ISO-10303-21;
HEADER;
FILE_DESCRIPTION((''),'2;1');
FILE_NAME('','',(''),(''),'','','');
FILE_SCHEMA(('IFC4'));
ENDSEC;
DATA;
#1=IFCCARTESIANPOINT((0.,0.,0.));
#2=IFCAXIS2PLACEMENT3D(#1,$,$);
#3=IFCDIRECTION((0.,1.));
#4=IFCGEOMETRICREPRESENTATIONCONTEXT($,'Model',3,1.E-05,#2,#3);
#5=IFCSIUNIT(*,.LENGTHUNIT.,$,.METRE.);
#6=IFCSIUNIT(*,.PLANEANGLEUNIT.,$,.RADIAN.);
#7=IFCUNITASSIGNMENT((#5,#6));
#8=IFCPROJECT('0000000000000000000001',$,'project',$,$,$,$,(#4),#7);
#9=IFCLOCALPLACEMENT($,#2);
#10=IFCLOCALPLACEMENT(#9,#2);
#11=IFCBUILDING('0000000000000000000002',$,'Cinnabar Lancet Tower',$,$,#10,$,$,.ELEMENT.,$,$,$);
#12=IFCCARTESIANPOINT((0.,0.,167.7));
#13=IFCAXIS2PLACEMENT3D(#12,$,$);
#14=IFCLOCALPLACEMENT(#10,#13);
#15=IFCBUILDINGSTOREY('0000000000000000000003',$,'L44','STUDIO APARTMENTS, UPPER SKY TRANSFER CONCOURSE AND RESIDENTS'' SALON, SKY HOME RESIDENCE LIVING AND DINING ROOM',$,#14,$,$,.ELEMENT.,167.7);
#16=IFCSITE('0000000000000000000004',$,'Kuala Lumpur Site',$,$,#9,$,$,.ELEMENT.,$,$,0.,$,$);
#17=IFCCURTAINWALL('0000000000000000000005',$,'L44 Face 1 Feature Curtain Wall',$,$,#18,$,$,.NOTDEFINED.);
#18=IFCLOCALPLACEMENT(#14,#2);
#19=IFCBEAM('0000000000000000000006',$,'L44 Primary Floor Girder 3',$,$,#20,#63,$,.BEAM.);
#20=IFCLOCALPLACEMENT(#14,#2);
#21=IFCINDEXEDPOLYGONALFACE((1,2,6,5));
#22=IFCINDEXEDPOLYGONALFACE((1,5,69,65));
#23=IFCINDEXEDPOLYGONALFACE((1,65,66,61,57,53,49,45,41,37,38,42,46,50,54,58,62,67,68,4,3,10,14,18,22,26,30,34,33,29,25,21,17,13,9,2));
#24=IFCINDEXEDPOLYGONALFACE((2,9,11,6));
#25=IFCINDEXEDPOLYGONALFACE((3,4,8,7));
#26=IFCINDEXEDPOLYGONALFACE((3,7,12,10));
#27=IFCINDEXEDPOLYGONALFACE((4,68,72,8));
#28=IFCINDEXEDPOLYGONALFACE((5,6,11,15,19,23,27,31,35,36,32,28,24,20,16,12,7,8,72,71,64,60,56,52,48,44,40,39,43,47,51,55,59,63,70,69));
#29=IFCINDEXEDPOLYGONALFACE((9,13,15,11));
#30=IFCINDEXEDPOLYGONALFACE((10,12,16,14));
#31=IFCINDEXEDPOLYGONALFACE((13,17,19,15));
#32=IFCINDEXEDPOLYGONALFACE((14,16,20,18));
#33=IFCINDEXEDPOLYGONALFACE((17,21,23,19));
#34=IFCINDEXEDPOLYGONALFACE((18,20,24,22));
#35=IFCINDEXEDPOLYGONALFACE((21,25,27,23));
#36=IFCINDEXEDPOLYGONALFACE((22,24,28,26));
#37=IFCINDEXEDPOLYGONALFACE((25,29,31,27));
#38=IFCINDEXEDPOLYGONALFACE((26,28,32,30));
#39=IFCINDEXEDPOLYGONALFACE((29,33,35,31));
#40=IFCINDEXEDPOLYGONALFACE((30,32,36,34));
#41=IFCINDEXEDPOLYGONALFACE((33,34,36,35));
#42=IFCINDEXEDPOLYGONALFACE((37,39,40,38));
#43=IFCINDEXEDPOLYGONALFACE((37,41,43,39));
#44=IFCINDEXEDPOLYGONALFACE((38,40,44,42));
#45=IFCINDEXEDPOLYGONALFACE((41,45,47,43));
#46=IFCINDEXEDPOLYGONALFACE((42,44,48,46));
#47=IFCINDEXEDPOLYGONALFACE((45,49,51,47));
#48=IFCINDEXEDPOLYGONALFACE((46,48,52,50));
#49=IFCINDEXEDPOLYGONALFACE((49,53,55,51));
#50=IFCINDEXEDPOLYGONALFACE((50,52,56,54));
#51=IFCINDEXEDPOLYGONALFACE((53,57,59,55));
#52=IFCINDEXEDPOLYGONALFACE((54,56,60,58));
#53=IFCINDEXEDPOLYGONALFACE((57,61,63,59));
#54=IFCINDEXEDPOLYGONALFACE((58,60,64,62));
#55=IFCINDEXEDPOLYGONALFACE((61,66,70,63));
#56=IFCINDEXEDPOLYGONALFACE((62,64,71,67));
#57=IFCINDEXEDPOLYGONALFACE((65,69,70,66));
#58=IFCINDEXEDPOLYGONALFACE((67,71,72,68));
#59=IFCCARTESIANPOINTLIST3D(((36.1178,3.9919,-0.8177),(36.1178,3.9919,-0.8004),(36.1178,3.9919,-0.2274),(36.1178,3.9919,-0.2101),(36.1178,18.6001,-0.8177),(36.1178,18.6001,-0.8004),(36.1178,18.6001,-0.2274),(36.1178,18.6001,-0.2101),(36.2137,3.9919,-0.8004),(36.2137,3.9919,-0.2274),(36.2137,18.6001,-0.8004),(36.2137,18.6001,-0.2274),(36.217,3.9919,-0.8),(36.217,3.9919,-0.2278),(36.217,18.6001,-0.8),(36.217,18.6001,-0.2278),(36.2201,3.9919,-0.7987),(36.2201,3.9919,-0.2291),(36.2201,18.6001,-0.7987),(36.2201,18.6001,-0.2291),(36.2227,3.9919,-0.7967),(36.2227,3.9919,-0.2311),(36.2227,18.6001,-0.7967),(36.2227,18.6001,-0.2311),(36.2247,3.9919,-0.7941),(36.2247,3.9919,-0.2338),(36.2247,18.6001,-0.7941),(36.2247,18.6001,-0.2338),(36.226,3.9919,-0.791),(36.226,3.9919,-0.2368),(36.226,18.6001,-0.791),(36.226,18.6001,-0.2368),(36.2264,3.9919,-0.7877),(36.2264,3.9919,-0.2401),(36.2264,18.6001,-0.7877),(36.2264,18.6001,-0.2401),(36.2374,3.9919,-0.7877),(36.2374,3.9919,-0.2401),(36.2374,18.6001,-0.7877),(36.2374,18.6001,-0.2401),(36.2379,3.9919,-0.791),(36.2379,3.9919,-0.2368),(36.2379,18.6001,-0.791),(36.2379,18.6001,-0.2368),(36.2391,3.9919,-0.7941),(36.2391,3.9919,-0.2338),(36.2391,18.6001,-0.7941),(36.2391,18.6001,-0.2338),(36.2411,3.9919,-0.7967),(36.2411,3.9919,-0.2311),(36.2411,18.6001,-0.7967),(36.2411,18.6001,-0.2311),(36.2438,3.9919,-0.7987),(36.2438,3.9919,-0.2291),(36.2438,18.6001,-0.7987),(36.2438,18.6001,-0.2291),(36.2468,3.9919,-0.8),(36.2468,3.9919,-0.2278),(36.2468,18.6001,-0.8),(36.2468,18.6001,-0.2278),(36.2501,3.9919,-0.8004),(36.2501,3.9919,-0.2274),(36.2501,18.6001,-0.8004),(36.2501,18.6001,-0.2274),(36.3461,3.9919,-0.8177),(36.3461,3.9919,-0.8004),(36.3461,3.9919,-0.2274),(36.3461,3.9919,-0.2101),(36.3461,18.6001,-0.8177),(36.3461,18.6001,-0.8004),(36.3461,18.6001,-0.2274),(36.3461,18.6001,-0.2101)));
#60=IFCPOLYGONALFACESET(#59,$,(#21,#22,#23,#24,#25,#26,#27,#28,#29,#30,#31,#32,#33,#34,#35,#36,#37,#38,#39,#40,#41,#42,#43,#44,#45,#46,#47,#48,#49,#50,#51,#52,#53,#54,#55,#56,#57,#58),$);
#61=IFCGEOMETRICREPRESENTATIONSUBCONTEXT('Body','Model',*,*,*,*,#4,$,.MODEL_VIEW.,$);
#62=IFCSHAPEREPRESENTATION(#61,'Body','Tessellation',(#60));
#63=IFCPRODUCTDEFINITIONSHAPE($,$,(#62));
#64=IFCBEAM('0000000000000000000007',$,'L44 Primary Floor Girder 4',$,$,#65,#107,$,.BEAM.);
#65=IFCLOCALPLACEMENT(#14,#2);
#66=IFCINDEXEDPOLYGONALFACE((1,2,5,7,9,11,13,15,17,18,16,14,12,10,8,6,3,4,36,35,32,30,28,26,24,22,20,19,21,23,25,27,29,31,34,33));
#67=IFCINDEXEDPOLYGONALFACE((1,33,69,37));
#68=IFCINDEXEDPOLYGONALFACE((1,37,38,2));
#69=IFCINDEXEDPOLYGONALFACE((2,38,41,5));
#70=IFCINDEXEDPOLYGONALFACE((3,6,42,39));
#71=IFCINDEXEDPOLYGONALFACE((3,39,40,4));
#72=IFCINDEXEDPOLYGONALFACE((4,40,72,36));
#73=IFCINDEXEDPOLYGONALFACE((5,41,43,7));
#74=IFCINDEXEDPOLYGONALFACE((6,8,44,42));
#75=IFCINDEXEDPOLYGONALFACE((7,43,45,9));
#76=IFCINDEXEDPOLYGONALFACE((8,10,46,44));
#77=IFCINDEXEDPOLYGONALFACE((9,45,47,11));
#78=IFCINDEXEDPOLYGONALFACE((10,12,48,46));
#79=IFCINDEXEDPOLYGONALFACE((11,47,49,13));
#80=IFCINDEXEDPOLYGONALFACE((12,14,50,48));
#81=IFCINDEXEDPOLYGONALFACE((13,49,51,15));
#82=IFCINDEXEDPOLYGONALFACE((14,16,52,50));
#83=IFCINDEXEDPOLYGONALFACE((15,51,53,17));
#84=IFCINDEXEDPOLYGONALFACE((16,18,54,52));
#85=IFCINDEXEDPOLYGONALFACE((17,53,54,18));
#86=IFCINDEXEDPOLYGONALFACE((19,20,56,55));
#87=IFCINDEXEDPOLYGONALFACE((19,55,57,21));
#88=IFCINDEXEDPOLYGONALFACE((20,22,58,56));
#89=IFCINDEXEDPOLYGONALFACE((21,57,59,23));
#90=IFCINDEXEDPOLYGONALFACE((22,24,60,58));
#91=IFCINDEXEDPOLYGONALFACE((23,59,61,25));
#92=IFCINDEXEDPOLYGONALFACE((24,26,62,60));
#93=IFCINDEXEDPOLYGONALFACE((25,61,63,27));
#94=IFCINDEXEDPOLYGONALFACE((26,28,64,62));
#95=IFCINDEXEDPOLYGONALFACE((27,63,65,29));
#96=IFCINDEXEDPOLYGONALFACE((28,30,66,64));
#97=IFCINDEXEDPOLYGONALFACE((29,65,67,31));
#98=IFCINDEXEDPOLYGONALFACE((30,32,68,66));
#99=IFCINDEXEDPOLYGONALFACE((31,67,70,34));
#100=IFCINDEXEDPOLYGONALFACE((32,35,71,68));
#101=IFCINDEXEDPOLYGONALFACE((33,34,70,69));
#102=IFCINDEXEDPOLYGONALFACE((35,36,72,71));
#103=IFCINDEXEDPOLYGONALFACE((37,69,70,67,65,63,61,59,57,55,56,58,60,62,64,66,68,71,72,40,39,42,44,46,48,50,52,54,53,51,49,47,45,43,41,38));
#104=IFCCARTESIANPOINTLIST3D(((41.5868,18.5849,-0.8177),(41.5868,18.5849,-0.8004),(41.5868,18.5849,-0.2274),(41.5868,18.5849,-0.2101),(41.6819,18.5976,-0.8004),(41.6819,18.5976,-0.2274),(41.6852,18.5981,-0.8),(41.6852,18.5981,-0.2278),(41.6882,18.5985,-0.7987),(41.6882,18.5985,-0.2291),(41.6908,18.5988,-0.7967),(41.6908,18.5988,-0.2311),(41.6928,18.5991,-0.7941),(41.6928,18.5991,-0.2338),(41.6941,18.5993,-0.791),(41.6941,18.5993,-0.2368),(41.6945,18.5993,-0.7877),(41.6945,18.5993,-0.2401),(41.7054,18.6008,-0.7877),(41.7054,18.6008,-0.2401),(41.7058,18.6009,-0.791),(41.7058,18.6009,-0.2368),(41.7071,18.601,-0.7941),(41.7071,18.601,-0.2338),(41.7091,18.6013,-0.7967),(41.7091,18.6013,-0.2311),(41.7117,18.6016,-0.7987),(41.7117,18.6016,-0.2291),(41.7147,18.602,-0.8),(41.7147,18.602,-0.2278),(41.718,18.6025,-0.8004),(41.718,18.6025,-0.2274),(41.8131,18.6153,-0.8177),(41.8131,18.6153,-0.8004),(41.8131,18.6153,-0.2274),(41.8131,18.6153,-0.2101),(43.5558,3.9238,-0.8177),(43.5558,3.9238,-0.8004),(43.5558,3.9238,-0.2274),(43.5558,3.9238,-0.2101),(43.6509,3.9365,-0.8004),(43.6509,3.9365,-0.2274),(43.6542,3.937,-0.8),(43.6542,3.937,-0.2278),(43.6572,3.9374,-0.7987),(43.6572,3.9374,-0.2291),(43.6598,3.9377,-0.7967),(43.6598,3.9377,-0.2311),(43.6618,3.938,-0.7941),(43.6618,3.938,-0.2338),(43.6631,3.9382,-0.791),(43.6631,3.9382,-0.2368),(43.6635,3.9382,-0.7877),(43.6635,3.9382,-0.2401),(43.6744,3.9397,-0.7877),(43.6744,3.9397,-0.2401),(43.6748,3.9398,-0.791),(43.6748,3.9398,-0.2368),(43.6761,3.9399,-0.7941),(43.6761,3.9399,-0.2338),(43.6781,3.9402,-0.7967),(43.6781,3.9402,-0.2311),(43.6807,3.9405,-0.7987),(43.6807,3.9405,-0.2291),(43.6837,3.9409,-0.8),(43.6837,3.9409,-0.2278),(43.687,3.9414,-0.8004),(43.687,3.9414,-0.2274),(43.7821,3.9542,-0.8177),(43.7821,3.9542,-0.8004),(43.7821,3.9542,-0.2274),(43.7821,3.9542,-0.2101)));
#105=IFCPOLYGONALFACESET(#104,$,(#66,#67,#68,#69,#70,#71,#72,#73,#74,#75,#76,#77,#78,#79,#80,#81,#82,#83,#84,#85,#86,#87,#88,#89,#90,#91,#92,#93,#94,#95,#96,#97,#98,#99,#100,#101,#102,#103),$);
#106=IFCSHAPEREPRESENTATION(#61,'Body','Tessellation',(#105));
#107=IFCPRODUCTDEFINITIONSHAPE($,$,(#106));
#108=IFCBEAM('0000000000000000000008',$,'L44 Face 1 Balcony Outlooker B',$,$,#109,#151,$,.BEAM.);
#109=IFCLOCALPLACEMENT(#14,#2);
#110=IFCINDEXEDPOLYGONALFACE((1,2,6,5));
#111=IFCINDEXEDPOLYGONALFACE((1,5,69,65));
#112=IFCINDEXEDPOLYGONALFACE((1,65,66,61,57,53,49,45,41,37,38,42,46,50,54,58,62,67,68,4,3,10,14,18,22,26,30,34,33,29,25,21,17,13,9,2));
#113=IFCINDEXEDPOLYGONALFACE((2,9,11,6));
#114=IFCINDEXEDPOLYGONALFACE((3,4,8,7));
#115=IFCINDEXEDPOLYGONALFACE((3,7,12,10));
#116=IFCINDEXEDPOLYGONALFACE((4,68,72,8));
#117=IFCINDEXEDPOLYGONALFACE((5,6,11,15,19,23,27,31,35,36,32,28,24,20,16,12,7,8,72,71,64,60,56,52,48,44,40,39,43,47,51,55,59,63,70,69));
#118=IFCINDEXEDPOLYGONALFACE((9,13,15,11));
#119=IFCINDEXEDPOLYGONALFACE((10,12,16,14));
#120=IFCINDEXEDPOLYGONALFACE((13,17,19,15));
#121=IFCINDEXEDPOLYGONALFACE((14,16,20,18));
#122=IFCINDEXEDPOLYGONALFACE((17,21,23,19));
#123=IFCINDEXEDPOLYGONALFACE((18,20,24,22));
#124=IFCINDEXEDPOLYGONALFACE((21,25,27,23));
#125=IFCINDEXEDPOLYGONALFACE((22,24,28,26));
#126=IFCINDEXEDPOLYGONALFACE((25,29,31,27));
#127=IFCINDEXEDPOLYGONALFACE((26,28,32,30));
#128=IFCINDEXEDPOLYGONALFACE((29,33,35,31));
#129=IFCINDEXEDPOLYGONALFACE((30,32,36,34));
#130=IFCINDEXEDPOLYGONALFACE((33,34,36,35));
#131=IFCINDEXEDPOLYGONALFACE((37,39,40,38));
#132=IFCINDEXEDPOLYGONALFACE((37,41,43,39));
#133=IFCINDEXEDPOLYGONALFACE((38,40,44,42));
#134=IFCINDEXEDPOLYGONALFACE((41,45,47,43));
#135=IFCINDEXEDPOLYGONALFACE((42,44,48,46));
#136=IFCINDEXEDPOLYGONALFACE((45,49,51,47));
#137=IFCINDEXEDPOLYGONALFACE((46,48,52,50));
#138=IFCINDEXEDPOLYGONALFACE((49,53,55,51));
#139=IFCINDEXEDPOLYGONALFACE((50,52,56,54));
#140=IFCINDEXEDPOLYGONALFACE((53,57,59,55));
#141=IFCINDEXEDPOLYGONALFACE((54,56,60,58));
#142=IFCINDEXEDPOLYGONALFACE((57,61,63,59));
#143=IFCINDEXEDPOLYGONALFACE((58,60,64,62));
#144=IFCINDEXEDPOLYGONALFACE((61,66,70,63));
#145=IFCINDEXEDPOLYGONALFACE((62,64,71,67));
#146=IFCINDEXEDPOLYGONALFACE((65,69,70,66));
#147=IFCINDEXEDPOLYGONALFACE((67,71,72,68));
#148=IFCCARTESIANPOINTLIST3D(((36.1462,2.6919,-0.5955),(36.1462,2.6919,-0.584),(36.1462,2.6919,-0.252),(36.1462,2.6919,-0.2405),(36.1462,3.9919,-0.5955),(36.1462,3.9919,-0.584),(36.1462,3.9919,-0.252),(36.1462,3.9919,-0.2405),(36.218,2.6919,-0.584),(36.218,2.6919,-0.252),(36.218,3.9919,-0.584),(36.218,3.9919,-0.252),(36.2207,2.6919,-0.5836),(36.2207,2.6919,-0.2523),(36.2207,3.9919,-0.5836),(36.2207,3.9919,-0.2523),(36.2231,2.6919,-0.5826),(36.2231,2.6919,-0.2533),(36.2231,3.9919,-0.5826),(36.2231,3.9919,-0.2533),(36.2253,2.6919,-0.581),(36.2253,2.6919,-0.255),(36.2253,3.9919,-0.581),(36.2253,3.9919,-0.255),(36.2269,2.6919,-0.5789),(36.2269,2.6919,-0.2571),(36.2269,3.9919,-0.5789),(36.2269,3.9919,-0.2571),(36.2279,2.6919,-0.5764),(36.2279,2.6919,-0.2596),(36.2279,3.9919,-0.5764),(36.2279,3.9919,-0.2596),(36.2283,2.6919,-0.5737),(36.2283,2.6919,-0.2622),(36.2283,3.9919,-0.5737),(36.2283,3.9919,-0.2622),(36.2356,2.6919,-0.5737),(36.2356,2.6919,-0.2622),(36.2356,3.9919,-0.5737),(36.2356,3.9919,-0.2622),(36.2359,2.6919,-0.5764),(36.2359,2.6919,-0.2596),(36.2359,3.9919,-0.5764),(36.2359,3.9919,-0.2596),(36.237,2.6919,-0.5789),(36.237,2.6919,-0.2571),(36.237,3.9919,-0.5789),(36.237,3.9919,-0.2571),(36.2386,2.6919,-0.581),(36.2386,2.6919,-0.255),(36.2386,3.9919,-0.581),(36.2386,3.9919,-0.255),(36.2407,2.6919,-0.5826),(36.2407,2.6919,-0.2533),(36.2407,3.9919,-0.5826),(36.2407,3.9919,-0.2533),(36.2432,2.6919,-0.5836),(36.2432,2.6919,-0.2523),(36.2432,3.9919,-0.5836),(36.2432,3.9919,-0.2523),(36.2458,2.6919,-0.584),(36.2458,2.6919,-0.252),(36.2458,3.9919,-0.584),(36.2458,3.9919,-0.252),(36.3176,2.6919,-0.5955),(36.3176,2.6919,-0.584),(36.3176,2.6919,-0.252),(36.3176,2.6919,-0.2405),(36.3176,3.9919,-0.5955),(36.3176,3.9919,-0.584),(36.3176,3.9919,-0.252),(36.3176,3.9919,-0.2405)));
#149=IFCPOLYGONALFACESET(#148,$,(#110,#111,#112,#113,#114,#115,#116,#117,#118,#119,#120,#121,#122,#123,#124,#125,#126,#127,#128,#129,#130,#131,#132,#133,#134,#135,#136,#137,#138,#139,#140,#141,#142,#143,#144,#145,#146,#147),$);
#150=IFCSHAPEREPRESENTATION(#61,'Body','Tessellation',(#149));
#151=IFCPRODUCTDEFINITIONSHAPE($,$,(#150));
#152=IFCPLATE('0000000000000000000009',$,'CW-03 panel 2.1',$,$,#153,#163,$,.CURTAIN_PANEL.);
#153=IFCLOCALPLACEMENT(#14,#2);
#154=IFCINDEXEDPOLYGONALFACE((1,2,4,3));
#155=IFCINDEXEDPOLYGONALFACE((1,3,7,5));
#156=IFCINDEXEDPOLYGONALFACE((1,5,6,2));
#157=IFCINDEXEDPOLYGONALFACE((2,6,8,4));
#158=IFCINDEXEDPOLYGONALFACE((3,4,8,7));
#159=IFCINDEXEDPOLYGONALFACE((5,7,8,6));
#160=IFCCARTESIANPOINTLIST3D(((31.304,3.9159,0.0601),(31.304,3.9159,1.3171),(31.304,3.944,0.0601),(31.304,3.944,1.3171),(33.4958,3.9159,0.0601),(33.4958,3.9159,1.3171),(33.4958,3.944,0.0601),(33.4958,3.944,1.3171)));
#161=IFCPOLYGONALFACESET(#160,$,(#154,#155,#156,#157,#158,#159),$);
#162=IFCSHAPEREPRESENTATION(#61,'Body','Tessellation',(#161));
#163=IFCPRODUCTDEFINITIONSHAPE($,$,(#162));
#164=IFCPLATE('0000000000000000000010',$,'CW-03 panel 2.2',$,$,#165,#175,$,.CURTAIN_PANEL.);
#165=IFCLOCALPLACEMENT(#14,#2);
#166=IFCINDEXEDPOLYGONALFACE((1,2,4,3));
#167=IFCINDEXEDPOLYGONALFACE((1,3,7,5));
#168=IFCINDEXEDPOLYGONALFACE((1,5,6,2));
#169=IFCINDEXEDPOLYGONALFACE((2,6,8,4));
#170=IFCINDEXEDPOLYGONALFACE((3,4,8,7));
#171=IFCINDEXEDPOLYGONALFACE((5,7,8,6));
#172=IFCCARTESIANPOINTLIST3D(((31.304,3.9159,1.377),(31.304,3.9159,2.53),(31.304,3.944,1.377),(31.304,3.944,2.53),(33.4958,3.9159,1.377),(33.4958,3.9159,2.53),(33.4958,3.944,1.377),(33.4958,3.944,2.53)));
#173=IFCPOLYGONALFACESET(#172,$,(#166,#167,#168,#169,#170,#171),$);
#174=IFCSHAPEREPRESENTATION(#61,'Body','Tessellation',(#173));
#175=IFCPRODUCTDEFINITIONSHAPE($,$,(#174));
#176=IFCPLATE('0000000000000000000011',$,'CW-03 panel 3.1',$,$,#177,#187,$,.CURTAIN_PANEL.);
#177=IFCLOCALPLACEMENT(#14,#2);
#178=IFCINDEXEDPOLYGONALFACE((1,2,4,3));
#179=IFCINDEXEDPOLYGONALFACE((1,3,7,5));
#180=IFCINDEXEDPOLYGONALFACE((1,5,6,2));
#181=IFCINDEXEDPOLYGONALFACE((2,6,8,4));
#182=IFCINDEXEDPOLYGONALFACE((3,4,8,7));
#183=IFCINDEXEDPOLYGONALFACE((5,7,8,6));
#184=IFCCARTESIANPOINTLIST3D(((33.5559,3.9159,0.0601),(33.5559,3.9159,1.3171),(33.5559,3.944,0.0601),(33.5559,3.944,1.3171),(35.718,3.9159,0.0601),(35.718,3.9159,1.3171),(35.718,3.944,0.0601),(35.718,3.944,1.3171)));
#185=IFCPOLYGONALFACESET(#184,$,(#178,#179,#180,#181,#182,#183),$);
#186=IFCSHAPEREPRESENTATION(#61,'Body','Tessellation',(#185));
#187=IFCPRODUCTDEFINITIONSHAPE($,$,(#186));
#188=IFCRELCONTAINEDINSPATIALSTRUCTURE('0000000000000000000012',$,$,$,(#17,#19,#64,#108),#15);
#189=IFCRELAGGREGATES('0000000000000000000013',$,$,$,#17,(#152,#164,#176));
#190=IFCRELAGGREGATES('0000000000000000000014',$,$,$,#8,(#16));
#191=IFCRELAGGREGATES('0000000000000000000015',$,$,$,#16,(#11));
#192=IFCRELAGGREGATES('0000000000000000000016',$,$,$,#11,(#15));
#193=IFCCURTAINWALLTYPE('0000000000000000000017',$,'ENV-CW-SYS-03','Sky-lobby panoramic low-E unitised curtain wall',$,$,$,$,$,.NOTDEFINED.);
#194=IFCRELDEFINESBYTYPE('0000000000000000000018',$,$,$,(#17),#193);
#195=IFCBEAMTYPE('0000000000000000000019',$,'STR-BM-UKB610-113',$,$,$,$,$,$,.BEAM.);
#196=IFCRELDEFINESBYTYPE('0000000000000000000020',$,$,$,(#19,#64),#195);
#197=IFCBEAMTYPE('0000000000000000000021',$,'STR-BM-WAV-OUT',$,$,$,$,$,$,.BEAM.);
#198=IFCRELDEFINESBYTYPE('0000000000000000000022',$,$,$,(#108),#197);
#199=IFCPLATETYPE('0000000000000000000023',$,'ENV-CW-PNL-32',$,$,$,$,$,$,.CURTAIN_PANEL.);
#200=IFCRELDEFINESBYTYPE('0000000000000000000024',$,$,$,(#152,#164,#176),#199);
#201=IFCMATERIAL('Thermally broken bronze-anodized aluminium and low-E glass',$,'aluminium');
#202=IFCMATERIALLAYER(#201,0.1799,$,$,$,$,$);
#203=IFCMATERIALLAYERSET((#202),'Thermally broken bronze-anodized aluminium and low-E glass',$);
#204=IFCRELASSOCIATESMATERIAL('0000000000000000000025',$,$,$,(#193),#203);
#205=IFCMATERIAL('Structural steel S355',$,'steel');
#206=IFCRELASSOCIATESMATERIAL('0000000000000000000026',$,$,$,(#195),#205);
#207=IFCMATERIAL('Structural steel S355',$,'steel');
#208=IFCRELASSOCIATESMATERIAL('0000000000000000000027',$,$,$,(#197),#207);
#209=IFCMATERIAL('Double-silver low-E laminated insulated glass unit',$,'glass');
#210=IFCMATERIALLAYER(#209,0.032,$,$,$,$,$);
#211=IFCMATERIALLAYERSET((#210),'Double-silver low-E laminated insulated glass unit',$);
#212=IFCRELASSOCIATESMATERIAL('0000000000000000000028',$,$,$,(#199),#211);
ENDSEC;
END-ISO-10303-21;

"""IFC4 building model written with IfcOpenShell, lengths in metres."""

from ifc_helpers import new_model, si_unit, direction, frame, origin, origin_2d, place, context, subcontext, project, spatial, rectangle, i_section, extrude, material, layer, layer_set, material_profile, profile_set, type_object, element, aggregate, save


model = new_model("IFC4")

# Units and contexts
model_context = context("Model", 3, precision=1e-05, world=origin(), true_north=direction((0.0, 1.0)))
body_context = subcontext(model_context, "Body", "Model", "MODEL_VIEW")
ifc_project = project(units=[si_unit("LENGTHUNIT", "METRE"), si_unit("PLANEANGLEUNIT", "RADIAN")], contexts=[model_context])

# Site, building, storey
site_placement = place(None, origin())
site = spatial("IfcSite", under=ifc_project, at=site_placement, Name="Kuala Lumpur Site", CompositionType="ELEMENT", RefElevation=0.0)
building_placement = place(site_placement, origin())
building = spatial("IfcBuilding", under=site, at=building_placement, Name="Cinnabar Lancet Tower", CompositionType="ELEMENT")
storey_placement = place(building_placement, frame((0.0, 0.0, 167.7)))
storey = spatial("IfcBuildingStorey", under=building, at=storey_placement, Name="L44", Description="STUDIO APARTMENTS, UPPER SKY TRANSFER CONCOURSE AND RESIDENTS' SALON, SKY HOME RESIDENCE LIVING AND DINING ROOM", CompositionType="ELEMENT", Elevation=167.7)

# Curtain wall
ifc_material_1 = material(Name="Thermally broken bronze-anodized aluminium and low-E glass", Category="aluminium")
ifc_layer_1 = layer(ifc_material_1, 0.1799)
ifc_layer_set_1 = layer_set([ifc_layer_1], Name="Thermally broken bronze-anodized aluminium and low-E glass")
curtain_wall_type = type_object("IfcCurtainWallType", Name="ENV-CW-SYS-03", Description="Sky-lobby panoramic low-E unitised curtain wall", PredefinedType="NOTDEFINED", material=ifc_layer_set_1)
curtain_wall_placement = place(storey_placement, origin())
curtain_wall = element("IfcCurtainWall", 1, at=curtain_wall_placement, inside=storey, type_object=curtain_wall_type, Name="L44 Face 1 Feature Curtain Wall", PredefinedType="NOTDEFINED")

# Beams
ifc_material_2 = material(Name="Structural steel S355", Category="steel")
ifc_material_profile_1 = material_profile(ifc_material_2, i_section(OverallWidth=0.2283, OverallDepth=0.6077, WebThickness=0.011, FlangeThickness=0.0173, FilletRadius=0.0127, at=origin_2d()), Name="UKB 610x229x113")
ifc_profile_set_1 = profile_set([ifc_material_profile_1], Name="Structural steel S355")
beam_type_1 = type_object("IfcBeamType", Name="STR-BM-UKB610-113", PredefinedType="BEAM", material=ifc_profile_set_1)
beam_1_placement = place(storey_placement, frame((36.2319, 3.9919, -0.5139), z_axis=(0.0, 1.0, 0.0), x_axis=(-1.0, 0.0, 0.0)))
element("IfcBeam", 2, at=beam_1_placement, inside=storey, type_object=beam_type_1, Name="L44 Primary Floor Girder 3", PredefinedType="BEAM", context=body_context, shape_type="SweptSolid", body=[
    extrude(i_section(OverallWidth=0.2283, OverallDepth=0.6077, WebThickness=0.011, FlangeThickness=0.0173, FilletRadius=0.0127, at=origin_2d()), origin(), (0.0, 0.0, 1.0), 14.6082),
])
beam_2_placement = place(storey_placement, frame((43.6689, 3.939, -0.5139), z_axis=(-0.133105, 0.991102, 0.0), x_axis=(-0.991102, -0.133105, 0.0)))
element("IfcBeam", 3, at=beam_2_placement, inside=storey, type_object=beam_type_1, Name="L44 Primary Floor Girder 4", PredefinedType="BEAM", context=body_context, shape_type="SweptSolid", body=[
    extrude(i_section(OverallWidth=0.2283, OverallDepth=0.6077, WebThickness=0.011, FlangeThickness=0.0173, FilletRadius=0.0127, at=origin_2d()), origin(), (0.0, 0.0, 1.0), 14.7927),
])
ifc_material_3 = material(Name="Structural steel S355", Category="steel")
ifc_material_profile_2 = material_profile(ifc_material_3, i_section(OverallWidth=0.1714, OverallDepth=0.355, WebThickness=0.0073, FlangeThickness=0.0115, FilletRadius=0.0103, at=origin_2d()), Name="UKB 356x171x51")
ifc_profile_set_2 = profile_set([ifc_material_profile_2], Name="Structural steel S355")
beam_type_2 = type_object("IfcBeamType", Name="STR-BM-WAV-OUT", PredefinedType="BEAM", material=ifc_profile_set_2)
beam_3_placement = place(storey_placement, frame((36.2319, 3.9919, -0.418), z_axis=(0.0, -1.0, 0.0), x_axis=(1.0, 0.0, 0.0)))
element("IfcBeam", 4, at=beam_3_placement, inside=storey, type_object=beam_type_2, Name="L44 Face 1 Balcony Outlooker B", PredefinedType="BEAM", context=body_context, shape_type="SweptSolid", body=[
    extrude(i_section(OverallWidth=0.1714, OverallDepth=0.355, WebThickness=0.0073, FlangeThickness=0.0115, FilletRadius=0.0103, at=origin_2d()), origin(), (0.0, 0.0, 1.0), 1.3),
])

# Plates
ifc_material_4 = material(Name="Double-silver low-E laminated insulated glass unit", Category="glass")
ifc_layer_2 = layer(ifc_material_4, 0.032)
ifc_layer_set_2 = layer_set([ifc_layer_2], Name="Double-silver low-E laminated insulated glass unit")
plate_type = type_object("IfcPlateType", Name="ENV-CW-PNL-32", PredefinedType="CURTAIN_PANEL", material=ifc_layer_set_2)
plate_1_placement = place(storey_placement, frame((32.3999, 3.9299, 0.0601), z_axis=(0.0, 0.0, 1.0), x_axis=(1.0, 0.0, 0.0)))
plate_1 = element("IfcPlate", 5, at=plate_1_placement, type_object=plate_type, Name="CW-03 panel 2.1", PredefinedType="CURTAIN_PANEL", context=body_context, shape_type="SweptSolid", body=[
    extrude(rectangle(XDim=2.1919, YDim=0.0281, at=origin_2d()), origin(), (0.0, 0.0, 1.0), 1.2571),
])
plate_2_placement = place(storey_placement, frame((32.3999, 3.9299, 1.377), z_axis=(0.0, 0.0, 1.0), x_axis=(1.0, 0.0, 0.0)))
plate_2 = element("IfcPlate", 6, at=plate_2_placement, type_object=plate_type, Name="CW-03 panel 2.2", PredefinedType="CURTAIN_PANEL", context=body_context, shape_type="SweptSolid", body=[
    extrude(rectangle(XDim=2.1919, YDim=0.0281, at=origin_2d()), origin(), (0.0, 0.0, 1.0), 1.1531),
])
plate_3_placement = place(storey_placement, frame((34.637, 3.9299, 0.0601), z_axis=(0.0, 0.0, 1.0), x_axis=(1.0, 0.0, 0.0)))
plate_3 = element("IfcPlate", 7, at=plate_3_placement, type_object=plate_type, Name="CW-03 panel 3.1", PredefinedType="CURTAIN_PANEL", context=body_context, shape_type="SweptSolid", body=[
    extrude(rectangle(XDim=2.1621, YDim=0.0281, at=origin_2d()), origin(), (0.0, 0.0, 1.0), 1.2571),
])
aggregate(curtain_wall, [plate_1, plate_2, plate_3])

save(model, "model.ifc")
